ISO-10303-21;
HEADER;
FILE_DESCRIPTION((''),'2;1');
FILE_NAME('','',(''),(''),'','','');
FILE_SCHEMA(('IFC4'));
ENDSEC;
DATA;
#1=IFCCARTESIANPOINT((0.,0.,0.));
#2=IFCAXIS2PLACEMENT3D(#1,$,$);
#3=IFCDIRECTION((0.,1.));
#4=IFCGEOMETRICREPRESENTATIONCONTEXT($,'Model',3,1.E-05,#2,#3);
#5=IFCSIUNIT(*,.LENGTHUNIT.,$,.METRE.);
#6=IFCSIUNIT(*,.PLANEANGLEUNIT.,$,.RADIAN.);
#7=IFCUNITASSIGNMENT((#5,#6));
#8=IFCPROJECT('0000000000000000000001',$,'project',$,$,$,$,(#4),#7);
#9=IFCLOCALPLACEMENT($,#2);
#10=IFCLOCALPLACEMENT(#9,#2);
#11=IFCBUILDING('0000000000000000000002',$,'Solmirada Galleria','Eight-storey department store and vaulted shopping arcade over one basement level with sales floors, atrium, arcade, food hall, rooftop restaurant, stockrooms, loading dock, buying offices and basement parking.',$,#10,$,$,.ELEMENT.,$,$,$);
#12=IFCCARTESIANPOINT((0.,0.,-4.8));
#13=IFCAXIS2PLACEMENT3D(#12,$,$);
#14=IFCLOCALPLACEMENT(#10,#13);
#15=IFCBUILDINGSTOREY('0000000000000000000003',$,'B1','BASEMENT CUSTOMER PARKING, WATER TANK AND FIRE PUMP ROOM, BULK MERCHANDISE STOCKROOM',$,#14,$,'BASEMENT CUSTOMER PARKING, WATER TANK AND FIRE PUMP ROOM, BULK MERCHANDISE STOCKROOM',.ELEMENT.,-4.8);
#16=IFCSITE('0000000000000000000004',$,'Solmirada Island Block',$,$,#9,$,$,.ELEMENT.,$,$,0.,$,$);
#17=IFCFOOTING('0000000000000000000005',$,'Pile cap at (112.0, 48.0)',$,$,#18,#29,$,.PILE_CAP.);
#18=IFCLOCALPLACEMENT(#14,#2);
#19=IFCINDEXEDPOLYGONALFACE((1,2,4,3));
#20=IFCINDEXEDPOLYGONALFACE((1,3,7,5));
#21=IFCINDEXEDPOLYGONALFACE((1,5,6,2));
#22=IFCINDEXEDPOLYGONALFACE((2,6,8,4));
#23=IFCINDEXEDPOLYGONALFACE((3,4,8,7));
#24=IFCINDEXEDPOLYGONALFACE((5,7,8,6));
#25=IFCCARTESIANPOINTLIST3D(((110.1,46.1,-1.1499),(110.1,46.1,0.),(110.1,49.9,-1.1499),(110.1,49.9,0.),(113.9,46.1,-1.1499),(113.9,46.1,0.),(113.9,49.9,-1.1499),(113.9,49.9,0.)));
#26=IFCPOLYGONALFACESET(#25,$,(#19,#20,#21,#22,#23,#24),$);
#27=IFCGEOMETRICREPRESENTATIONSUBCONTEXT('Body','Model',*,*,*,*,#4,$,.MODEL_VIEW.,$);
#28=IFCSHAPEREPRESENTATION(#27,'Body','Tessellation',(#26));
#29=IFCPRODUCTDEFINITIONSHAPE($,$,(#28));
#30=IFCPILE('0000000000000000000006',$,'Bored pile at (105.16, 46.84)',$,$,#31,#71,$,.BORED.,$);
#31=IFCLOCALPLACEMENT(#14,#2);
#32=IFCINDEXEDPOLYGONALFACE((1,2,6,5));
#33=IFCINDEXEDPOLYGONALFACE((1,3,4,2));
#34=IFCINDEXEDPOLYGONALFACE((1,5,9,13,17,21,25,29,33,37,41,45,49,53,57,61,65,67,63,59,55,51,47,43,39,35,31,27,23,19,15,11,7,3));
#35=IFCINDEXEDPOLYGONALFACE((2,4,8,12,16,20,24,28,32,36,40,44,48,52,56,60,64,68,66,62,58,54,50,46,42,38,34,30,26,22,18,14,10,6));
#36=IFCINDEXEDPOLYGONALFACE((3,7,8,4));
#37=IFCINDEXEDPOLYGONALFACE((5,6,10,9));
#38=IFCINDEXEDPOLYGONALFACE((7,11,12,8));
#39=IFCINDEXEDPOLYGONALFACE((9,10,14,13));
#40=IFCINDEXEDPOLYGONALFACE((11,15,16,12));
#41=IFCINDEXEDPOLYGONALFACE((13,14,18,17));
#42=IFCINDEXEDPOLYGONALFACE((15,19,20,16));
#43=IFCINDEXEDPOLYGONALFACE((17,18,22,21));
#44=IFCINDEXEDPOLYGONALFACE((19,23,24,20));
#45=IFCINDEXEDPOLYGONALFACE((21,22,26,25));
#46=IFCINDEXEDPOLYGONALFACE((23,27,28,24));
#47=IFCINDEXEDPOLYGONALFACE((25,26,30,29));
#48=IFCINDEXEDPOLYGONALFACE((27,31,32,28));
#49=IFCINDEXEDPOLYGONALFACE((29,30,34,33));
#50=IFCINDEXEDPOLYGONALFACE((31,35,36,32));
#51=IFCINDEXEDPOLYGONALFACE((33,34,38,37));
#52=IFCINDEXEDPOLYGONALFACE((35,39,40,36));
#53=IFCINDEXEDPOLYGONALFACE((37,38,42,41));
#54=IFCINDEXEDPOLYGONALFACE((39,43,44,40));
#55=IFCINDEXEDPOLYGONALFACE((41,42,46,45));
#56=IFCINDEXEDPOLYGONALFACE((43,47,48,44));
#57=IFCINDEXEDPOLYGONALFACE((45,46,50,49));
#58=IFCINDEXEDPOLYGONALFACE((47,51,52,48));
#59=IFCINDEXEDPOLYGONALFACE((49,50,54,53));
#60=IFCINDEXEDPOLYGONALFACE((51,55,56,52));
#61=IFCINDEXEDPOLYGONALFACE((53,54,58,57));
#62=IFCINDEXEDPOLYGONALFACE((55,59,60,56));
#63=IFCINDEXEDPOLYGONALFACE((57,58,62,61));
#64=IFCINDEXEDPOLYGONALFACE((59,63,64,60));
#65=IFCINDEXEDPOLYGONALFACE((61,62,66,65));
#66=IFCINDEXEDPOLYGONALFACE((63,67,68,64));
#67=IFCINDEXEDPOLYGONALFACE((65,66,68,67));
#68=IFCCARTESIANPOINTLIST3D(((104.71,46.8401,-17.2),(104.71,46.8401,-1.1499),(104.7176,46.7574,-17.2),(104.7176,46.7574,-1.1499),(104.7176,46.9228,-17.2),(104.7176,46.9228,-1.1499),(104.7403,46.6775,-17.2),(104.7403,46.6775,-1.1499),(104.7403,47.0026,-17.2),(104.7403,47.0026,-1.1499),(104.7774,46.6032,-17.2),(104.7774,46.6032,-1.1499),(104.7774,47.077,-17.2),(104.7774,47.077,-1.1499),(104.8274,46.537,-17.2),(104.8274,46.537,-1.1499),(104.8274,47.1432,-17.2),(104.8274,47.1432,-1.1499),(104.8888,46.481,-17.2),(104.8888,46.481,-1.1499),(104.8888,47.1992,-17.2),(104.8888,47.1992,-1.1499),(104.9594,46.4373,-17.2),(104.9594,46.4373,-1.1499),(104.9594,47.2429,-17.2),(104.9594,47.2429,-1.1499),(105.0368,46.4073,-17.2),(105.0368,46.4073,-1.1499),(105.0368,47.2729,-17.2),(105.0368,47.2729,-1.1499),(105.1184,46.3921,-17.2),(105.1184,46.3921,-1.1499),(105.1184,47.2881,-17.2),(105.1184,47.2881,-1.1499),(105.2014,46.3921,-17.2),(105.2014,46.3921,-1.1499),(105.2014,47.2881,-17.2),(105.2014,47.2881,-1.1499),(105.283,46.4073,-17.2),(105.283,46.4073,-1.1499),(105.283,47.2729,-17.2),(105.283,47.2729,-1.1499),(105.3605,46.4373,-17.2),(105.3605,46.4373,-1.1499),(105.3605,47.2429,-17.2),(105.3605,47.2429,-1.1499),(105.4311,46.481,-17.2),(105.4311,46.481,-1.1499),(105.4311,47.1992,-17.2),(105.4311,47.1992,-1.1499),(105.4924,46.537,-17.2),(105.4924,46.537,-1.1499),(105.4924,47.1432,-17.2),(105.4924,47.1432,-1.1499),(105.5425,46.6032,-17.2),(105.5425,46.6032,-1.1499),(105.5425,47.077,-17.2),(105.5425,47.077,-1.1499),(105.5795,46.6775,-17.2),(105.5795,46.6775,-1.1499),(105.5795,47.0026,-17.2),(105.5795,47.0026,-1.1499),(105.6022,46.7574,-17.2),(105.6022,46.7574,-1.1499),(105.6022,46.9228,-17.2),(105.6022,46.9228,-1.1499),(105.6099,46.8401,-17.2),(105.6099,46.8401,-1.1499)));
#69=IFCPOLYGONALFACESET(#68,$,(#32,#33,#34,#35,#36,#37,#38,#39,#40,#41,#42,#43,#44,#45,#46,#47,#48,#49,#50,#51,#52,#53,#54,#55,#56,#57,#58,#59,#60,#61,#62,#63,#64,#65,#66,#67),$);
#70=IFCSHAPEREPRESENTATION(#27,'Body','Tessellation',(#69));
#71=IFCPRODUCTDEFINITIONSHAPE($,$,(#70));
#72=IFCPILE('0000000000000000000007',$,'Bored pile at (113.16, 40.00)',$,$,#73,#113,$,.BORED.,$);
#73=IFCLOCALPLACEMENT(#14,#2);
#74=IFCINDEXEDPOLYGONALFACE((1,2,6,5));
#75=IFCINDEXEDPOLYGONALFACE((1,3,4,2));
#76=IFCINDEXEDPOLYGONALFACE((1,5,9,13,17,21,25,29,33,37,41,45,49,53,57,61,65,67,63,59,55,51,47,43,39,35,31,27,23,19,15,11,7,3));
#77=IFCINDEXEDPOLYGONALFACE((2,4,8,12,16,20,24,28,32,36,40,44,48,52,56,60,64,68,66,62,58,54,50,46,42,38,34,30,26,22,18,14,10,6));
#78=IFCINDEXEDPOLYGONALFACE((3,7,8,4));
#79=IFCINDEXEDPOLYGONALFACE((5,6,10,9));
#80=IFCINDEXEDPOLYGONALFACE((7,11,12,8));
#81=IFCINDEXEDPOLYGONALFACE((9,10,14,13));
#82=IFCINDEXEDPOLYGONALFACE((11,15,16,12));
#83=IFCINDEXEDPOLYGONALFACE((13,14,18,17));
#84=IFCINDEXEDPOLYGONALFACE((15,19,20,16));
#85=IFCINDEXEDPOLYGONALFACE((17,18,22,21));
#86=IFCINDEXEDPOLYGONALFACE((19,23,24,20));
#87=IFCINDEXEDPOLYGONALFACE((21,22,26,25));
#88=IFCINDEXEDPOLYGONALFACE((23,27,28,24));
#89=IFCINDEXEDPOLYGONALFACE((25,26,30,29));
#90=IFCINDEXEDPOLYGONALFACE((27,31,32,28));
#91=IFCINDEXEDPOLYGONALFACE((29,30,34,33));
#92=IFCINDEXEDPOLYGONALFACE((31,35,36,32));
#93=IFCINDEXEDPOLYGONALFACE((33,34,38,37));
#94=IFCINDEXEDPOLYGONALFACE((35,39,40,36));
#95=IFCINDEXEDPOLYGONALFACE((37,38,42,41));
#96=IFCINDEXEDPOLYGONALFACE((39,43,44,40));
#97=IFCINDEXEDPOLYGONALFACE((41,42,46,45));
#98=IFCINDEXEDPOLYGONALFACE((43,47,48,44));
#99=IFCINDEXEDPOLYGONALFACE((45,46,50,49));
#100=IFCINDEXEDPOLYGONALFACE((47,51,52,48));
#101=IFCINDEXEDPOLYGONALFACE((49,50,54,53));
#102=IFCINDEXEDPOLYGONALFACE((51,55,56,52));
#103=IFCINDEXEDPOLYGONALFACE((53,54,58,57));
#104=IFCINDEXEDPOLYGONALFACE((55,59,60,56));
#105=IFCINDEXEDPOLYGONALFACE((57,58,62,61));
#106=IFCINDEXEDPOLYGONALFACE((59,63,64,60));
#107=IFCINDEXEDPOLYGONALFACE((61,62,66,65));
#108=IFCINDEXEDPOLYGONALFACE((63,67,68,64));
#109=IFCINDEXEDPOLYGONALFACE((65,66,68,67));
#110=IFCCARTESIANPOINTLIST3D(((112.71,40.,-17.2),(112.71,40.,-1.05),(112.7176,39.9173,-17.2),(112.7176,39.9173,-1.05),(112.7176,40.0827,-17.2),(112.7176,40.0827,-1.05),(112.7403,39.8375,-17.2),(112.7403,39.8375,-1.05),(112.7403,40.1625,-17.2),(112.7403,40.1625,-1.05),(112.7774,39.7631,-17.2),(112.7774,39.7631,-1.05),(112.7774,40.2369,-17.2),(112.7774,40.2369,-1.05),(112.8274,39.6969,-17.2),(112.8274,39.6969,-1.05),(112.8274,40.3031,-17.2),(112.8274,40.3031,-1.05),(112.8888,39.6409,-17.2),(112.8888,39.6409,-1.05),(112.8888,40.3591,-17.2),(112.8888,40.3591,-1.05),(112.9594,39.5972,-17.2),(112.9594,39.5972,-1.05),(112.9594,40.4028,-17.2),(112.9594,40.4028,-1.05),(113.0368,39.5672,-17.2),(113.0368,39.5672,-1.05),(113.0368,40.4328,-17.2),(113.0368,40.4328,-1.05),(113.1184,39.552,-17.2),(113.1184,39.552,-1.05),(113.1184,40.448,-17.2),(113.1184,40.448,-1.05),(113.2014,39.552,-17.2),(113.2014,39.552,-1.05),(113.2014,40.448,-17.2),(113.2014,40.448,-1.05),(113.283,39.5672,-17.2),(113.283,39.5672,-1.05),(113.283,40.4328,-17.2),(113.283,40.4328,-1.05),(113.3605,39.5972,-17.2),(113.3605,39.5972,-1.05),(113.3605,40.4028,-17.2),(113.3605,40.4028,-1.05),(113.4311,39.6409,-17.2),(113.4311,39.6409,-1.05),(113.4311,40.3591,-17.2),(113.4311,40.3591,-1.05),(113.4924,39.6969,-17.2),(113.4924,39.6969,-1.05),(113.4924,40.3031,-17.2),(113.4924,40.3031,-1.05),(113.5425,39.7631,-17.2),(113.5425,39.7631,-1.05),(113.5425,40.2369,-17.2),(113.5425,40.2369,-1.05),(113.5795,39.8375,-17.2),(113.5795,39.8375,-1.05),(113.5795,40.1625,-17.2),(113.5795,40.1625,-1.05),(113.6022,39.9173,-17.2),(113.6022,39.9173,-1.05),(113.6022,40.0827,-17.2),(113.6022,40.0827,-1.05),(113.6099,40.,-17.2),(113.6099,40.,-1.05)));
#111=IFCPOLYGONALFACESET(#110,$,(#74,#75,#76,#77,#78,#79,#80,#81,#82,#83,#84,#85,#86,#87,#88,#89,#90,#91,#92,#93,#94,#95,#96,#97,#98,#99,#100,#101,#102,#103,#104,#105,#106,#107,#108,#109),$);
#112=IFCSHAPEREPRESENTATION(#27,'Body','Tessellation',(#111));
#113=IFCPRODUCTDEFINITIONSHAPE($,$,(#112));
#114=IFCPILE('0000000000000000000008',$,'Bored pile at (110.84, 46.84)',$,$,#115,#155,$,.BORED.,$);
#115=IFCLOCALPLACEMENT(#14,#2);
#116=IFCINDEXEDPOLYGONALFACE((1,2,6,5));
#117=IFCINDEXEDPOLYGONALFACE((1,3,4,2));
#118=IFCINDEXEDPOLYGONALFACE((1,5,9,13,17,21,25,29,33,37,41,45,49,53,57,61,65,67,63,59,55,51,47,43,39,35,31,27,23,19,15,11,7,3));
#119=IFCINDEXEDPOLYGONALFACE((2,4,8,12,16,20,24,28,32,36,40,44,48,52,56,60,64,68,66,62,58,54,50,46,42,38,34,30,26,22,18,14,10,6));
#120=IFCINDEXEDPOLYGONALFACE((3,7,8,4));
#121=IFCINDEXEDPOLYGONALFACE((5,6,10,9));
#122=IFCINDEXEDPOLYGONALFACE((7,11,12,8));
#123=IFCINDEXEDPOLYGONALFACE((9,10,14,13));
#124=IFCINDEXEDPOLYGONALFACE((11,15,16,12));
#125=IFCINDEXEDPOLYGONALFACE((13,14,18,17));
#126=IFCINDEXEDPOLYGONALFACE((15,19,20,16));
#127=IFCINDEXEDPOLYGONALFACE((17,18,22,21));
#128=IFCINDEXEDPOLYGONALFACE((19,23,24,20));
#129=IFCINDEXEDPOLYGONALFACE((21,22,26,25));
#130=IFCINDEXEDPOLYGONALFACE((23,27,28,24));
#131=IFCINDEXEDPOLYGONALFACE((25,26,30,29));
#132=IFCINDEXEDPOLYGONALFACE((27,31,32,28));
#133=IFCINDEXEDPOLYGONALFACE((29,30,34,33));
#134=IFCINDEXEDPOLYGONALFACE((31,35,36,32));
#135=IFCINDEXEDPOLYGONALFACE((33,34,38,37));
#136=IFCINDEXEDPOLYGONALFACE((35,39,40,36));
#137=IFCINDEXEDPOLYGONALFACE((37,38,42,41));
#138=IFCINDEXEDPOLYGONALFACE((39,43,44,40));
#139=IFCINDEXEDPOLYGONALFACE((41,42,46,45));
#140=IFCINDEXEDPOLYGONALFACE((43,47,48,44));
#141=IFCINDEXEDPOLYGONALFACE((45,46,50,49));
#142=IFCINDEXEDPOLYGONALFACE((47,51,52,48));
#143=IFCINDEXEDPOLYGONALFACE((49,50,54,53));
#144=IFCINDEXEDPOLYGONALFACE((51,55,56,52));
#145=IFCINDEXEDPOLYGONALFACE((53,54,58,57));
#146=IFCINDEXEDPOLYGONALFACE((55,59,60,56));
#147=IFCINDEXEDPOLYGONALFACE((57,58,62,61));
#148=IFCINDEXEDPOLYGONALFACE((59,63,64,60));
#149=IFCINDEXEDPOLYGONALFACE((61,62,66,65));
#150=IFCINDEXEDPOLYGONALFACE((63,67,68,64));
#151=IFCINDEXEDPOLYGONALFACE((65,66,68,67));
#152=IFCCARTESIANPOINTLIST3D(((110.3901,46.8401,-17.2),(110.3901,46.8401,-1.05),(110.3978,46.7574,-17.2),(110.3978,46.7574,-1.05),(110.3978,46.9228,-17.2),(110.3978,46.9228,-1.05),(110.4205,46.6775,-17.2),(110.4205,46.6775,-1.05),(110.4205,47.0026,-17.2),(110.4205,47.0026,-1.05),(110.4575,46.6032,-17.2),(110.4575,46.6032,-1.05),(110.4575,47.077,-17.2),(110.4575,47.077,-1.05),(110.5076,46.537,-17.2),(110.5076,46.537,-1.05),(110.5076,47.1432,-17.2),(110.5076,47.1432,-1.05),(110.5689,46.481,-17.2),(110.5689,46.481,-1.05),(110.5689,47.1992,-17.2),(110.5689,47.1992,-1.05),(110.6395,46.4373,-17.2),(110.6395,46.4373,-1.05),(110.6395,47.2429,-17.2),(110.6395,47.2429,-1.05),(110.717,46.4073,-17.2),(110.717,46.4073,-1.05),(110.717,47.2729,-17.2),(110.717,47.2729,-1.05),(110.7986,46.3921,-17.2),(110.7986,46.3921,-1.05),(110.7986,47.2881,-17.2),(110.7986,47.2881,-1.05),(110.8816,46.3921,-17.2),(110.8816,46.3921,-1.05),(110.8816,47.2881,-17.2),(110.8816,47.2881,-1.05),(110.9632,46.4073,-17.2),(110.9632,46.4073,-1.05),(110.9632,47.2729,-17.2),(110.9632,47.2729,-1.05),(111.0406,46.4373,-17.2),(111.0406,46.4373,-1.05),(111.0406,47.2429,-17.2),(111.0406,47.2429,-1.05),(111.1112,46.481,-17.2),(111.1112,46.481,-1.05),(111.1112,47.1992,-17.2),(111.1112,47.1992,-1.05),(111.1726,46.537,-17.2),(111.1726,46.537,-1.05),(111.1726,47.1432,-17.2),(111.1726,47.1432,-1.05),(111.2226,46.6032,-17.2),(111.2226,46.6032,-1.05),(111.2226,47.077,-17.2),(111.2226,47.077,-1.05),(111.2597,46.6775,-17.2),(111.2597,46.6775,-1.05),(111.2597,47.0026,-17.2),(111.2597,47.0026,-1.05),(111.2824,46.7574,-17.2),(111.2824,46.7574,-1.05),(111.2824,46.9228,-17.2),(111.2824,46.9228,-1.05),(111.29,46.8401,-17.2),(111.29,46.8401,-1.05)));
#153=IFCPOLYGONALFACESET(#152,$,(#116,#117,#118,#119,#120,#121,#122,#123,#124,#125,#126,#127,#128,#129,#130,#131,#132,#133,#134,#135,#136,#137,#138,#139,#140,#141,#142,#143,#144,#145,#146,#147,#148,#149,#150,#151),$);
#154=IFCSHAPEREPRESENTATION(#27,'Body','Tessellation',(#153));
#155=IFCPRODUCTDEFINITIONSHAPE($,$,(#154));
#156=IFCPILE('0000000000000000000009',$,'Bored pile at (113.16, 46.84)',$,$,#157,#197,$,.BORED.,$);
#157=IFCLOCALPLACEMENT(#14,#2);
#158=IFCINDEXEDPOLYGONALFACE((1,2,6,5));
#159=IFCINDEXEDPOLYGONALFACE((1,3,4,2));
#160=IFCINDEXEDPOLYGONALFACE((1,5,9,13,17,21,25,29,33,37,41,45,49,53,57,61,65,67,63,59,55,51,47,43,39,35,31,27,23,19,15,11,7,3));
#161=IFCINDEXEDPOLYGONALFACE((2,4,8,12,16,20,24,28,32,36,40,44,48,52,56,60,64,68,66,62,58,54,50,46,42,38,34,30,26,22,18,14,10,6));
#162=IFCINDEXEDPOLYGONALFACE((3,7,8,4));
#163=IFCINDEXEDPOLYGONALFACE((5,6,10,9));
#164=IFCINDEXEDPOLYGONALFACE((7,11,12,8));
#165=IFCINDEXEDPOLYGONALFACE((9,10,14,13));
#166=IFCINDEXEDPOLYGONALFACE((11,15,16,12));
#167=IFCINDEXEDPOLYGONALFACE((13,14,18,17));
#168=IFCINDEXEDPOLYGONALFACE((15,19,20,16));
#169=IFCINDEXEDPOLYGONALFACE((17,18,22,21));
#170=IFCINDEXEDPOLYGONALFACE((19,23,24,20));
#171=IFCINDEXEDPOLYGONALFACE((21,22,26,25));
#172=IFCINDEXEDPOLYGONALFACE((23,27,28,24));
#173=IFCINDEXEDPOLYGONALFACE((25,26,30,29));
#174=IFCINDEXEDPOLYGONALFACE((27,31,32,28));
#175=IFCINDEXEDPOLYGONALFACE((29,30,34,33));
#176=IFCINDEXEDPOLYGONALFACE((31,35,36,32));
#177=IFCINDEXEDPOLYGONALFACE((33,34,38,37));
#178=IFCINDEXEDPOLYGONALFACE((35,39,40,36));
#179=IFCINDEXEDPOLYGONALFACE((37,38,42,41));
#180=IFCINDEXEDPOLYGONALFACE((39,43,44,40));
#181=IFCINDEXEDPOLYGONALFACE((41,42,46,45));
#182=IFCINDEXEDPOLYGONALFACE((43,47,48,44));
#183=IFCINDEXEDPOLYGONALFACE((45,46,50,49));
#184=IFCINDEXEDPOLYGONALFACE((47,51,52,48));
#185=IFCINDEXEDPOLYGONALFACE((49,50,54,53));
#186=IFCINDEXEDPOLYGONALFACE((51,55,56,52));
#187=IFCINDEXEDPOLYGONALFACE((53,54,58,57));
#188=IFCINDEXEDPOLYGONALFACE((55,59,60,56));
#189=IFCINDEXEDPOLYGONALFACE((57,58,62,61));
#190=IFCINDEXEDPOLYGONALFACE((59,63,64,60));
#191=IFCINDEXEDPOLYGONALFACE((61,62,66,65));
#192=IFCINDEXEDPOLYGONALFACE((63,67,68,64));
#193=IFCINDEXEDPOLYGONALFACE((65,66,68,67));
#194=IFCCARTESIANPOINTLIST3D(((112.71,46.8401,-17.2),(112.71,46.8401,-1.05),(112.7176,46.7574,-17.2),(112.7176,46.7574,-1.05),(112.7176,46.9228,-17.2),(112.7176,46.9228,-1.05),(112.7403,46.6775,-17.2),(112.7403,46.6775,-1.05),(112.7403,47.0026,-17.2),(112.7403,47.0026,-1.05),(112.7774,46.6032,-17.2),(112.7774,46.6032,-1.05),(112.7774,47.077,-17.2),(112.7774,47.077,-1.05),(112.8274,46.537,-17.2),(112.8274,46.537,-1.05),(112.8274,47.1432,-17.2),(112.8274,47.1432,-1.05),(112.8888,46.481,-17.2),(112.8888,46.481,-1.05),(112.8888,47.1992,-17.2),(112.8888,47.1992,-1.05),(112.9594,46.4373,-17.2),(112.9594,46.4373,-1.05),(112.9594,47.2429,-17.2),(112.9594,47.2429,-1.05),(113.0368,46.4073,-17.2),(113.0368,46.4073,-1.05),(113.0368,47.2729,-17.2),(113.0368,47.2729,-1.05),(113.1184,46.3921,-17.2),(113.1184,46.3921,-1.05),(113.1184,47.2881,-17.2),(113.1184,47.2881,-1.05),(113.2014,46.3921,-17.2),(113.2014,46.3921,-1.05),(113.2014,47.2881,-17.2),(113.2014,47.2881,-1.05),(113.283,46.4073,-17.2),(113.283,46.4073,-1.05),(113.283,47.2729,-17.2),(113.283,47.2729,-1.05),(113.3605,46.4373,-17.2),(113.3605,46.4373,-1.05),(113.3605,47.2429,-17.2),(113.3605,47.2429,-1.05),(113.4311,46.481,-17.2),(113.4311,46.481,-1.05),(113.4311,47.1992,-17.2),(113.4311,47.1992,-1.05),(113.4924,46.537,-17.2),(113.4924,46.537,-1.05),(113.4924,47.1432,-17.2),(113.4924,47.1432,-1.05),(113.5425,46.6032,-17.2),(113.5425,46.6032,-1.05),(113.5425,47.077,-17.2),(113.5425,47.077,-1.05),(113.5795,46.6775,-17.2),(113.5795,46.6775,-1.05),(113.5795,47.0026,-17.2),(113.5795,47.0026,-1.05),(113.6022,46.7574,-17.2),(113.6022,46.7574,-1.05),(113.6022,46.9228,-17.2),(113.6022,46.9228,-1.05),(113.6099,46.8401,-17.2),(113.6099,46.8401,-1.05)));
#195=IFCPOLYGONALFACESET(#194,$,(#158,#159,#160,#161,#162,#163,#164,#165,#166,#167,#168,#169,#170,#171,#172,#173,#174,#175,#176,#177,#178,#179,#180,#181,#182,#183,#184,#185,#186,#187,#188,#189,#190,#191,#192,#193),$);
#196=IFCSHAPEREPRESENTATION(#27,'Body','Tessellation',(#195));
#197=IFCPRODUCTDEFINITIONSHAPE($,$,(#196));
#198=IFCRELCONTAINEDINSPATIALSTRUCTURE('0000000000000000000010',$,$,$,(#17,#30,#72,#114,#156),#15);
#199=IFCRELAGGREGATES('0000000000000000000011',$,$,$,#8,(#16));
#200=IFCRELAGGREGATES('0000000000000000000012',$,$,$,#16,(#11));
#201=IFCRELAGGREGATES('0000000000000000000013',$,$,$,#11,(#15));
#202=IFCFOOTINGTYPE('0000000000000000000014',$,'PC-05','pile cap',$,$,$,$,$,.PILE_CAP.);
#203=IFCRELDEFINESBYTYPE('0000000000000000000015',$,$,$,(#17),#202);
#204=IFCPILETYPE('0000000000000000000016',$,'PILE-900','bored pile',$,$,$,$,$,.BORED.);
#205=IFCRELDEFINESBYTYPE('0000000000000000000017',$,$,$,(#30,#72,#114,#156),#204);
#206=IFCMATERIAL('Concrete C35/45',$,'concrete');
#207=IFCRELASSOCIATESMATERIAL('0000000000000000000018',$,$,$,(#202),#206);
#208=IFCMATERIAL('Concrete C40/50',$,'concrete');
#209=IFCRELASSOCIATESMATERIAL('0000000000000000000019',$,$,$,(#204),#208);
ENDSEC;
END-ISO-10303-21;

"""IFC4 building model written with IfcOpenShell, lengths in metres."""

from ifc_helpers import new_model, si_unit, direction, frame, origin, origin_2d, place, context, subcontext, project, spatial, rectangle, circle, extrude, material, material_profile, profile_set, type_object, element, save


model = new_model("IFC4")

# Units and contexts
model_context = context("Model", 3, precision=1e-05, world=origin(), true_north=direction((0.0, 1.0)))
body_context = subcontext(model_context, "Body", "Model", "MODEL_VIEW")
ifc_project = project(units=[si_unit("LENGTHUNIT", "METRE"), si_unit("PLANEANGLEUNIT", "RADIAN")], contexts=[model_context])

# Site, building, storey
site_placement = place(None, origin())
site = spatial("IfcSite", under=ifc_project, at=site_placement, Name="Solmirada Island Block", CompositionType="ELEMENT", RefElevation=0.0)
building_placement = place(site_placement, origin())
building = spatial("IfcBuilding", under=site, at=building_placement, Name="Solmirada Galleria", Description="Eight-storey department store and vaulted shopping arcade over one basement level with sales floors, atrium, arcade, food hall, rooftop restaurant, stockrooms, loading dock, buying offices and basement parking.", CompositionType="ELEMENT")
storey_placement = place(building_placement, frame((0.0, 0.0, -4.8)))
storey = spatial("IfcBuildingStorey", under=building, at=storey_placement, Name="B1", Description="BASEMENT CUSTOMER PARKING, WATER TANK AND FIRE PUMP ROOM, BULK MERCHANDISE STOCKROOM", LongName="BASEMENT CUSTOMER PARKING, WATER TANK AND FIRE PUMP ROOM, BULK MERCHANDISE STOCKROOM", CompositionType="ELEMENT", Elevation=-4.8)

# Footing
ifc_material_1 = material(Name="Concrete C35/45", Category="concrete")
footing_type_1 = type_object("IfcFootingType", Name="PC-05", Description="pile cap", PredefinedType="PILE_CAP", material=ifc_material_1)
footing_1_placement = place(storey_placement, frame((112.0, 48.0, -1.1499), z_axis=(0.0, 0.0, 1.0), x_axis=(1.0, 0.0, 0.0)))
element("IfcFooting", 1, at=footing_1_placement, inside=storey, type_object=footing_type_1, Name="Pile cap at (112.0, 48.0)", PredefinedType="PILE_CAP", context=body_context, shape_type="SweptSolid", body=[
    extrude(rectangle(XDim=3.8, YDim=3.8, at=origin_2d()), origin(), (0.0, 0.0, 1.0), 1.1499),
])

# Piles
ifc_material_2 = material(Name="Concrete C40/50", Category="concrete")
ifc_material_profile_1 = material_profile(ifc_material_2, circle(Radius=0.45, at=origin_2d()), Name="PILE900")
ifc_profile_set_1 = profile_set([ifc_material_profile_1], Name="Concrete C40/50")
pile_type = type_object("IfcPileType", Name="PILE-900", Description="bored pile", PredefinedType="BORED", material=ifc_profile_set_1)
pile_placement = place(storey_placement, frame((105.1599, 46.8401, -1.1499), z_axis=(0.0, 0.0, -1.0), x_axis=(1.0, 0.0, 0.0)))
element("IfcPile", 2, at=pile_placement, inside=storey, type_object=pile_type, Name="Bored pile at (105.16, 46.84)", PredefinedType="BORED", context=body_context, shape_type="SweptSolid", body=[
    extrude(circle(Radius=0.45, at=origin_2d()), origin(), (0.0, 0.0, 1.0), 16.05),
])
for number, where, z_axis, x_axis, name in (
    (3, (113.1599, 40.0, -1.05), (0.0, 0.0, -1.0), (1.0, 0.0, 0.0), "Bored pile at (113.16, 40.00)"),
    (4, (110.8401, 46.8401, -1.05), (0.0, 0.0, -1.0), (1.0, 0.0, 0.0), "Bored pile at (110.84, 46.84)"),
    (5, (113.1599, 46.8401, -1.05), (0.0, 0.0, -1.0), (1.0, 0.0, 0.0), "Bored pile at (113.16, 46.84)"),
):
    element("IfcPile", number, at=place(storey_placement, frame(where, z_axis=z_axis, x_axis=x_axis)), inside=storey, type_object=pile_type, Name=name, PredefinedType="BORED", context=body_context, shape_type="SweptSolid", body=[
        extrude(circle(Radius=0.45, at=origin_2d()), origin(), (0.0, 0.0, 1.0), 16.1499),
    ])

save(model, "model.ifc")
